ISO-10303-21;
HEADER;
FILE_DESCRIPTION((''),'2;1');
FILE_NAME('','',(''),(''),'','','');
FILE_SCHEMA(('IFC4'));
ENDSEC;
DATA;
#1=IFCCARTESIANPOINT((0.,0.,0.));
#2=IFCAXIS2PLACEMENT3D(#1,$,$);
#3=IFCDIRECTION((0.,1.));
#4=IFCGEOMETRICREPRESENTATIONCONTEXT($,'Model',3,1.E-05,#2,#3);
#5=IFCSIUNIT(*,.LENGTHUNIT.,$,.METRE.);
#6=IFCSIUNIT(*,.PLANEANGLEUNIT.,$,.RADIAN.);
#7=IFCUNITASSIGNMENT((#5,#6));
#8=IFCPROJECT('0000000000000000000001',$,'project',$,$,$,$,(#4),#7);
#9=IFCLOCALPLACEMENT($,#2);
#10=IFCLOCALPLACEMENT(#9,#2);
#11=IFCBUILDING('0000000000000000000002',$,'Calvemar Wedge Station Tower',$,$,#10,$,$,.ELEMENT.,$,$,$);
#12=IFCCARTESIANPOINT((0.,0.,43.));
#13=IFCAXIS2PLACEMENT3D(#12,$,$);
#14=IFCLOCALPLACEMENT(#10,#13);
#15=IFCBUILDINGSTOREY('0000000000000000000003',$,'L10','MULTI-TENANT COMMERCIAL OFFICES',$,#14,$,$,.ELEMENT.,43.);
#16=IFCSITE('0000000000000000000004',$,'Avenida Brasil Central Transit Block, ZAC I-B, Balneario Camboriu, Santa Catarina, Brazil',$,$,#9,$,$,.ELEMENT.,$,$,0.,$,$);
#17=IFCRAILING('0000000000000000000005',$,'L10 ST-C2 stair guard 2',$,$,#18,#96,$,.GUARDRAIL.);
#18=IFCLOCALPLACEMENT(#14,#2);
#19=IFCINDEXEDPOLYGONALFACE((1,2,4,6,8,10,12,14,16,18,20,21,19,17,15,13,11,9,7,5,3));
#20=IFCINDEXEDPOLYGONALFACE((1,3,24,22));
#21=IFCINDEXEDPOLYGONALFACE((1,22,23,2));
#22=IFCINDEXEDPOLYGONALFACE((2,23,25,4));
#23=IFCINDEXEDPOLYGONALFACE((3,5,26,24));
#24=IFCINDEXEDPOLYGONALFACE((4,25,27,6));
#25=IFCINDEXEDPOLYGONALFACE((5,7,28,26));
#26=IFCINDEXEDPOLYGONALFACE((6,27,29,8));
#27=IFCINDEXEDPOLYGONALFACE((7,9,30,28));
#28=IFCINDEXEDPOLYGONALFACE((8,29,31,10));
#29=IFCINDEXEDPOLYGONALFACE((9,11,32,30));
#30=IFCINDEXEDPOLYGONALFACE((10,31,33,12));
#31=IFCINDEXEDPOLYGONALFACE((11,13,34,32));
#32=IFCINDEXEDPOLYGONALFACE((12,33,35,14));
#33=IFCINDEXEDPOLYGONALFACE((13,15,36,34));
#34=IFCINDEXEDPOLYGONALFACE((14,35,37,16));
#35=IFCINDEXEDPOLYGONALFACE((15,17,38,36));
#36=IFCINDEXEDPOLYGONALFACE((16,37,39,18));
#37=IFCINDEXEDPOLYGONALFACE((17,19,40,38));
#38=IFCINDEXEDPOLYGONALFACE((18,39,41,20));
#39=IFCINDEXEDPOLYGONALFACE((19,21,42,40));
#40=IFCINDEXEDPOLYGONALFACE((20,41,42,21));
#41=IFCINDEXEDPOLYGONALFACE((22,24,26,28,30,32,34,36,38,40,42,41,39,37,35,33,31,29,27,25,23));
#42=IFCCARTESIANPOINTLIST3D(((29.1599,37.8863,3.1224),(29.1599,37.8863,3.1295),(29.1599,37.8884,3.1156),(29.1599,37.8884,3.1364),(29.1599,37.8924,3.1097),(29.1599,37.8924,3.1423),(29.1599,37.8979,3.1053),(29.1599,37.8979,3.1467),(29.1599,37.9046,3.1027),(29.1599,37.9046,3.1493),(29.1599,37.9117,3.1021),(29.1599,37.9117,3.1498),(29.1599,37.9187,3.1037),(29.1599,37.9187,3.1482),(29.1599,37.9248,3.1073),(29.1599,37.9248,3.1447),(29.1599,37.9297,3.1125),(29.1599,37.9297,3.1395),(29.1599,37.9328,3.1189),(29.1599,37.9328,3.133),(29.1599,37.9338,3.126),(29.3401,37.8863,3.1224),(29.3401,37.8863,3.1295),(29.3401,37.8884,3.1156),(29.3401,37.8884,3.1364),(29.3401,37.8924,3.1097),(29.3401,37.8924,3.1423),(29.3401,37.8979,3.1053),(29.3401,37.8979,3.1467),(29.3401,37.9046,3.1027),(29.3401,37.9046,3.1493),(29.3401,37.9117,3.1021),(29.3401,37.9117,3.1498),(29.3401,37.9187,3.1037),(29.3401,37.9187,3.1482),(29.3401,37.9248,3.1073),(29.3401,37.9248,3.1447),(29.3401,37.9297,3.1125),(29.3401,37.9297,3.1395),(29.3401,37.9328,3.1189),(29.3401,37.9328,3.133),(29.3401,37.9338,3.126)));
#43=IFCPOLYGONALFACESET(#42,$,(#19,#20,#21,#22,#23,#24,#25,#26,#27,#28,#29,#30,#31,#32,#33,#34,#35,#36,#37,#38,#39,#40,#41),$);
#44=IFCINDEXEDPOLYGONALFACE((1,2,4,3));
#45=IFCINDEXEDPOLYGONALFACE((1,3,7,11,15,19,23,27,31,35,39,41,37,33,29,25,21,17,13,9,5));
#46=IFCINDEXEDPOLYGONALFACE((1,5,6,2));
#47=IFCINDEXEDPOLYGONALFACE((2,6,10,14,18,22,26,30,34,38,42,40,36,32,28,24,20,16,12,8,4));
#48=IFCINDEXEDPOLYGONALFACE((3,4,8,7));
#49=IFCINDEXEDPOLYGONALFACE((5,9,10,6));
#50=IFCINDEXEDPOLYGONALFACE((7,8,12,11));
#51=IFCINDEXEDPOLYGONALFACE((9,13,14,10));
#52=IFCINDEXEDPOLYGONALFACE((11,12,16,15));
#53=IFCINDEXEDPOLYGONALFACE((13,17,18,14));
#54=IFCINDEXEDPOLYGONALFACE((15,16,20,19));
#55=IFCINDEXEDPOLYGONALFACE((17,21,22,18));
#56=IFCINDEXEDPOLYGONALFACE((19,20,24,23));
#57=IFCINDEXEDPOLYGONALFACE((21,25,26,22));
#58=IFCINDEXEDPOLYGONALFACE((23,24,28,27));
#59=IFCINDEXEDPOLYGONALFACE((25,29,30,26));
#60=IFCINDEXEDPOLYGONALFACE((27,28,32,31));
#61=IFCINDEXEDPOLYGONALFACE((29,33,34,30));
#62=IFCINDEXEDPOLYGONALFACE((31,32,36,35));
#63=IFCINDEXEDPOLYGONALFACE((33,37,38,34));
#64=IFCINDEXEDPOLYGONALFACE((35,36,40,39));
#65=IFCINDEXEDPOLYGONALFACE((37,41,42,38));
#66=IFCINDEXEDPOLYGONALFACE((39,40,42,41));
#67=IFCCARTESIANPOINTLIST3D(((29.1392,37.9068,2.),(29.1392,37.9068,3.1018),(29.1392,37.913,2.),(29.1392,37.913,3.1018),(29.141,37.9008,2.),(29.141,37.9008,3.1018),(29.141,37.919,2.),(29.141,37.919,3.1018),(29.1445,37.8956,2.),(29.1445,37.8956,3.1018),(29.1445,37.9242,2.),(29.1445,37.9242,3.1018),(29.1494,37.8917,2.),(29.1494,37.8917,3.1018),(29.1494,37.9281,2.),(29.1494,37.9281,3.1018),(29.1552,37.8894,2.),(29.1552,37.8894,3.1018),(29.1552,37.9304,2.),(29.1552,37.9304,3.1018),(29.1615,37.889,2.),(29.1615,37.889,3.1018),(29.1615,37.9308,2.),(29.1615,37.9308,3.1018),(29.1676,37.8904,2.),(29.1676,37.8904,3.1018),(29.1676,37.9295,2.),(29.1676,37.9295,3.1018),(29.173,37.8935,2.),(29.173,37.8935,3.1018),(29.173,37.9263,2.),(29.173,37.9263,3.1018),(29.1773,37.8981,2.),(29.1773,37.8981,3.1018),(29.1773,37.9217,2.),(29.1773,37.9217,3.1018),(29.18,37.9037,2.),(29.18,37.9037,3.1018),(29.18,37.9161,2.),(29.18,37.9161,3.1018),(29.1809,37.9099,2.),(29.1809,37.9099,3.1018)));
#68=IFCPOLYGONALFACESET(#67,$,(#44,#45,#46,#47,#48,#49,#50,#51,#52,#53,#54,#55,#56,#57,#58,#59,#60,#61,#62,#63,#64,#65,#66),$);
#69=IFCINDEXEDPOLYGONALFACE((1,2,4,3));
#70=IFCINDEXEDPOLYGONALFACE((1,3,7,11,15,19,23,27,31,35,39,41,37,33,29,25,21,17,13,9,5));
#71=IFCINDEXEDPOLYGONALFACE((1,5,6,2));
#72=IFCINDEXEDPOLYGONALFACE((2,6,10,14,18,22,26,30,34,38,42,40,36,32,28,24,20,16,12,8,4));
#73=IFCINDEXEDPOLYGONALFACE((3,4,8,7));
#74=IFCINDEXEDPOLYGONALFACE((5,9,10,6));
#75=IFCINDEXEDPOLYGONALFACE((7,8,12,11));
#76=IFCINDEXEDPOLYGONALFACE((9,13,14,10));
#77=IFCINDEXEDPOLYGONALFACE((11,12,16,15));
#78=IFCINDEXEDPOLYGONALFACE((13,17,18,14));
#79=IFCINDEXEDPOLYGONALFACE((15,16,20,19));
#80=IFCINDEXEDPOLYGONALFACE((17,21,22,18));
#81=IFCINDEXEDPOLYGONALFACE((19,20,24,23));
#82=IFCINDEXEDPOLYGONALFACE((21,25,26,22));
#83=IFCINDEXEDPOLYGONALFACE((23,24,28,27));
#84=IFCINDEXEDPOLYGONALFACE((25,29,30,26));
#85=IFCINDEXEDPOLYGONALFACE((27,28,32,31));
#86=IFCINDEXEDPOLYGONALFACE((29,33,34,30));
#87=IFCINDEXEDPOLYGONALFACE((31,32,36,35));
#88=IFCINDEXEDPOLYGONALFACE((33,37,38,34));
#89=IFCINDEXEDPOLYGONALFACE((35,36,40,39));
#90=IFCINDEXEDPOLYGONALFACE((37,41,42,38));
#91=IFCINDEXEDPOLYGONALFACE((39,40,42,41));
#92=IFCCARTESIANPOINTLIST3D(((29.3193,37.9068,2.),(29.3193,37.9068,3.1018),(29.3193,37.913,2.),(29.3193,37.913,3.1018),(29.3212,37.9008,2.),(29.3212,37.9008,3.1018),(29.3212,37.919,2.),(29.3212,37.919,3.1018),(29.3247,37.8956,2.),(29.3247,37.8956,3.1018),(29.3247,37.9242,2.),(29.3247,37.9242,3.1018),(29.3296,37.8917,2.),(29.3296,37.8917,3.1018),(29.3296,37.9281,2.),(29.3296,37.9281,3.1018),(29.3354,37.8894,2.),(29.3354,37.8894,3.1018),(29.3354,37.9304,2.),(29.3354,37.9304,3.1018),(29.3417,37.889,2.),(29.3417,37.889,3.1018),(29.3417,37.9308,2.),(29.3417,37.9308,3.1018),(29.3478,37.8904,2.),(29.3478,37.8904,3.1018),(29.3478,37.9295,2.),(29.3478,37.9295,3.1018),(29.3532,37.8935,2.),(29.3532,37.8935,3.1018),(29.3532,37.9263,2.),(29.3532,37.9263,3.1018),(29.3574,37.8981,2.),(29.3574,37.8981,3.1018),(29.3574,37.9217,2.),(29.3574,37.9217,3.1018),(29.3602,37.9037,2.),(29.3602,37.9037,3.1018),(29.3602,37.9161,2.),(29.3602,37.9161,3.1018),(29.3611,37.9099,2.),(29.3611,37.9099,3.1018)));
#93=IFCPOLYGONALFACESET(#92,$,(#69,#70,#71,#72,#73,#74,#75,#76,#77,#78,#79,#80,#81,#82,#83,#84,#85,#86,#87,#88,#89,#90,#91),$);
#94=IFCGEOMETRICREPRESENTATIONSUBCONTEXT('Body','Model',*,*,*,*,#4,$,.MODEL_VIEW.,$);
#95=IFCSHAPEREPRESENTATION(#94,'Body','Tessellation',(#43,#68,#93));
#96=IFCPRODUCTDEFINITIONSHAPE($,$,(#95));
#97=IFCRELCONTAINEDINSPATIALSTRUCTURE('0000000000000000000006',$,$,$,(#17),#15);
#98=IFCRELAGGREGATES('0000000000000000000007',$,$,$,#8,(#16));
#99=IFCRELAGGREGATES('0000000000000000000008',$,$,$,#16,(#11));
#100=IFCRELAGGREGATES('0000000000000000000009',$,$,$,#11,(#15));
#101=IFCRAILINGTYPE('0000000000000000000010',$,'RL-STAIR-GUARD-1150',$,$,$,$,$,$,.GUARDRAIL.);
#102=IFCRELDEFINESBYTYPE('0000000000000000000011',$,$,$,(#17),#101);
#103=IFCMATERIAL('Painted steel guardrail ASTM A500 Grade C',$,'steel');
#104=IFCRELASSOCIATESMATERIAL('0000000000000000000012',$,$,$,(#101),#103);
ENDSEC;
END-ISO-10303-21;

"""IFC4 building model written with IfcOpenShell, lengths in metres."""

from ifc_helpers import new_model, si_unit, direction, frame, origin, origin_2d, place, context, subcontext, project, spatial, circle, extrude, material, type_object, element, save


model = new_model("IFC4")

# Units and contexts
model_context = context("Model", 3, precision=1e-05, world=origin(), true_north=direction((0.0, 1.0)))
body_context = subcontext(model_context, "Body", "Model", "MODEL_VIEW")
ifc_project = project(units=[si_unit("LENGTHUNIT", "METRE"), si_unit("PLANEANGLEUNIT", "RADIAN")], contexts=[model_context])

# Site, building, storey
site_placement = place(None, origin())
site = spatial("IfcSite", under=ifc_project, at=site_placement, Name="Avenida Brasil Central Transit Block, ZAC I-B, Balneario Camboriu, Santa Catarina, Brazil", CompositionType="ELEMENT", RefElevation=0.0)
building_placement = place(site_placement, origin())
building = spatial("IfcBuilding", under=site, at=building_placement, Name="Calvemar Wedge Station Tower", CompositionType="ELEMENT")
storey_placement = place(building_placement, frame((0.0, 0.0, 43.0)))
storey = spatial("IfcBuildingStorey", under=building, at=storey_placement, Name="L10", Description="MULTI-TENANT COMMERCIAL OFFICES", CompositionType="ELEMENT", Elevation=43.0)

# Railing
ifc_material_1 = material(Name="Painted steel guardrail ASTM A500 Grade C", Category="steel")
railing_type_1 = type_object("IfcRailingType", Name="RL-STAIR-GUARD-1150", PredefinedType="GUARDRAIL", material=ifc_material_1)
railing_1_placement = place(storey_placement, frame((29.1599, 37.9099, 2.0)))
element("IfcRailing", 1, at=railing_1_placement, inside=storey, type_object=railing_type_1, Name="L10 ST-C2 stair guard 2", PredefinedType="GUARDRAIL", context=body_context, shape_type="SweptSolid", body=[
    extrude(circle(Radius=0.0239, at=origin_2d()), frame((0.0, 0.0, 1.126), z_axis=(1.0, 0.0, 0.0), x_axis=(0.0, 1.0, 0.0)), (0.0, 0.0, 1.0), 0.1802),
    extrude(circle(Radius=0.021, at=origin_2d()), origin(), (0.0, 0.0, 1.0), 1.1018),
    extrude(circle(Radius=0.021, at=origin_2d()), frame((0.1802, 0.0, 0.0)), (0.0, 0.0, 1.0), 1.1018),
])

save(model, "model.ifc")
